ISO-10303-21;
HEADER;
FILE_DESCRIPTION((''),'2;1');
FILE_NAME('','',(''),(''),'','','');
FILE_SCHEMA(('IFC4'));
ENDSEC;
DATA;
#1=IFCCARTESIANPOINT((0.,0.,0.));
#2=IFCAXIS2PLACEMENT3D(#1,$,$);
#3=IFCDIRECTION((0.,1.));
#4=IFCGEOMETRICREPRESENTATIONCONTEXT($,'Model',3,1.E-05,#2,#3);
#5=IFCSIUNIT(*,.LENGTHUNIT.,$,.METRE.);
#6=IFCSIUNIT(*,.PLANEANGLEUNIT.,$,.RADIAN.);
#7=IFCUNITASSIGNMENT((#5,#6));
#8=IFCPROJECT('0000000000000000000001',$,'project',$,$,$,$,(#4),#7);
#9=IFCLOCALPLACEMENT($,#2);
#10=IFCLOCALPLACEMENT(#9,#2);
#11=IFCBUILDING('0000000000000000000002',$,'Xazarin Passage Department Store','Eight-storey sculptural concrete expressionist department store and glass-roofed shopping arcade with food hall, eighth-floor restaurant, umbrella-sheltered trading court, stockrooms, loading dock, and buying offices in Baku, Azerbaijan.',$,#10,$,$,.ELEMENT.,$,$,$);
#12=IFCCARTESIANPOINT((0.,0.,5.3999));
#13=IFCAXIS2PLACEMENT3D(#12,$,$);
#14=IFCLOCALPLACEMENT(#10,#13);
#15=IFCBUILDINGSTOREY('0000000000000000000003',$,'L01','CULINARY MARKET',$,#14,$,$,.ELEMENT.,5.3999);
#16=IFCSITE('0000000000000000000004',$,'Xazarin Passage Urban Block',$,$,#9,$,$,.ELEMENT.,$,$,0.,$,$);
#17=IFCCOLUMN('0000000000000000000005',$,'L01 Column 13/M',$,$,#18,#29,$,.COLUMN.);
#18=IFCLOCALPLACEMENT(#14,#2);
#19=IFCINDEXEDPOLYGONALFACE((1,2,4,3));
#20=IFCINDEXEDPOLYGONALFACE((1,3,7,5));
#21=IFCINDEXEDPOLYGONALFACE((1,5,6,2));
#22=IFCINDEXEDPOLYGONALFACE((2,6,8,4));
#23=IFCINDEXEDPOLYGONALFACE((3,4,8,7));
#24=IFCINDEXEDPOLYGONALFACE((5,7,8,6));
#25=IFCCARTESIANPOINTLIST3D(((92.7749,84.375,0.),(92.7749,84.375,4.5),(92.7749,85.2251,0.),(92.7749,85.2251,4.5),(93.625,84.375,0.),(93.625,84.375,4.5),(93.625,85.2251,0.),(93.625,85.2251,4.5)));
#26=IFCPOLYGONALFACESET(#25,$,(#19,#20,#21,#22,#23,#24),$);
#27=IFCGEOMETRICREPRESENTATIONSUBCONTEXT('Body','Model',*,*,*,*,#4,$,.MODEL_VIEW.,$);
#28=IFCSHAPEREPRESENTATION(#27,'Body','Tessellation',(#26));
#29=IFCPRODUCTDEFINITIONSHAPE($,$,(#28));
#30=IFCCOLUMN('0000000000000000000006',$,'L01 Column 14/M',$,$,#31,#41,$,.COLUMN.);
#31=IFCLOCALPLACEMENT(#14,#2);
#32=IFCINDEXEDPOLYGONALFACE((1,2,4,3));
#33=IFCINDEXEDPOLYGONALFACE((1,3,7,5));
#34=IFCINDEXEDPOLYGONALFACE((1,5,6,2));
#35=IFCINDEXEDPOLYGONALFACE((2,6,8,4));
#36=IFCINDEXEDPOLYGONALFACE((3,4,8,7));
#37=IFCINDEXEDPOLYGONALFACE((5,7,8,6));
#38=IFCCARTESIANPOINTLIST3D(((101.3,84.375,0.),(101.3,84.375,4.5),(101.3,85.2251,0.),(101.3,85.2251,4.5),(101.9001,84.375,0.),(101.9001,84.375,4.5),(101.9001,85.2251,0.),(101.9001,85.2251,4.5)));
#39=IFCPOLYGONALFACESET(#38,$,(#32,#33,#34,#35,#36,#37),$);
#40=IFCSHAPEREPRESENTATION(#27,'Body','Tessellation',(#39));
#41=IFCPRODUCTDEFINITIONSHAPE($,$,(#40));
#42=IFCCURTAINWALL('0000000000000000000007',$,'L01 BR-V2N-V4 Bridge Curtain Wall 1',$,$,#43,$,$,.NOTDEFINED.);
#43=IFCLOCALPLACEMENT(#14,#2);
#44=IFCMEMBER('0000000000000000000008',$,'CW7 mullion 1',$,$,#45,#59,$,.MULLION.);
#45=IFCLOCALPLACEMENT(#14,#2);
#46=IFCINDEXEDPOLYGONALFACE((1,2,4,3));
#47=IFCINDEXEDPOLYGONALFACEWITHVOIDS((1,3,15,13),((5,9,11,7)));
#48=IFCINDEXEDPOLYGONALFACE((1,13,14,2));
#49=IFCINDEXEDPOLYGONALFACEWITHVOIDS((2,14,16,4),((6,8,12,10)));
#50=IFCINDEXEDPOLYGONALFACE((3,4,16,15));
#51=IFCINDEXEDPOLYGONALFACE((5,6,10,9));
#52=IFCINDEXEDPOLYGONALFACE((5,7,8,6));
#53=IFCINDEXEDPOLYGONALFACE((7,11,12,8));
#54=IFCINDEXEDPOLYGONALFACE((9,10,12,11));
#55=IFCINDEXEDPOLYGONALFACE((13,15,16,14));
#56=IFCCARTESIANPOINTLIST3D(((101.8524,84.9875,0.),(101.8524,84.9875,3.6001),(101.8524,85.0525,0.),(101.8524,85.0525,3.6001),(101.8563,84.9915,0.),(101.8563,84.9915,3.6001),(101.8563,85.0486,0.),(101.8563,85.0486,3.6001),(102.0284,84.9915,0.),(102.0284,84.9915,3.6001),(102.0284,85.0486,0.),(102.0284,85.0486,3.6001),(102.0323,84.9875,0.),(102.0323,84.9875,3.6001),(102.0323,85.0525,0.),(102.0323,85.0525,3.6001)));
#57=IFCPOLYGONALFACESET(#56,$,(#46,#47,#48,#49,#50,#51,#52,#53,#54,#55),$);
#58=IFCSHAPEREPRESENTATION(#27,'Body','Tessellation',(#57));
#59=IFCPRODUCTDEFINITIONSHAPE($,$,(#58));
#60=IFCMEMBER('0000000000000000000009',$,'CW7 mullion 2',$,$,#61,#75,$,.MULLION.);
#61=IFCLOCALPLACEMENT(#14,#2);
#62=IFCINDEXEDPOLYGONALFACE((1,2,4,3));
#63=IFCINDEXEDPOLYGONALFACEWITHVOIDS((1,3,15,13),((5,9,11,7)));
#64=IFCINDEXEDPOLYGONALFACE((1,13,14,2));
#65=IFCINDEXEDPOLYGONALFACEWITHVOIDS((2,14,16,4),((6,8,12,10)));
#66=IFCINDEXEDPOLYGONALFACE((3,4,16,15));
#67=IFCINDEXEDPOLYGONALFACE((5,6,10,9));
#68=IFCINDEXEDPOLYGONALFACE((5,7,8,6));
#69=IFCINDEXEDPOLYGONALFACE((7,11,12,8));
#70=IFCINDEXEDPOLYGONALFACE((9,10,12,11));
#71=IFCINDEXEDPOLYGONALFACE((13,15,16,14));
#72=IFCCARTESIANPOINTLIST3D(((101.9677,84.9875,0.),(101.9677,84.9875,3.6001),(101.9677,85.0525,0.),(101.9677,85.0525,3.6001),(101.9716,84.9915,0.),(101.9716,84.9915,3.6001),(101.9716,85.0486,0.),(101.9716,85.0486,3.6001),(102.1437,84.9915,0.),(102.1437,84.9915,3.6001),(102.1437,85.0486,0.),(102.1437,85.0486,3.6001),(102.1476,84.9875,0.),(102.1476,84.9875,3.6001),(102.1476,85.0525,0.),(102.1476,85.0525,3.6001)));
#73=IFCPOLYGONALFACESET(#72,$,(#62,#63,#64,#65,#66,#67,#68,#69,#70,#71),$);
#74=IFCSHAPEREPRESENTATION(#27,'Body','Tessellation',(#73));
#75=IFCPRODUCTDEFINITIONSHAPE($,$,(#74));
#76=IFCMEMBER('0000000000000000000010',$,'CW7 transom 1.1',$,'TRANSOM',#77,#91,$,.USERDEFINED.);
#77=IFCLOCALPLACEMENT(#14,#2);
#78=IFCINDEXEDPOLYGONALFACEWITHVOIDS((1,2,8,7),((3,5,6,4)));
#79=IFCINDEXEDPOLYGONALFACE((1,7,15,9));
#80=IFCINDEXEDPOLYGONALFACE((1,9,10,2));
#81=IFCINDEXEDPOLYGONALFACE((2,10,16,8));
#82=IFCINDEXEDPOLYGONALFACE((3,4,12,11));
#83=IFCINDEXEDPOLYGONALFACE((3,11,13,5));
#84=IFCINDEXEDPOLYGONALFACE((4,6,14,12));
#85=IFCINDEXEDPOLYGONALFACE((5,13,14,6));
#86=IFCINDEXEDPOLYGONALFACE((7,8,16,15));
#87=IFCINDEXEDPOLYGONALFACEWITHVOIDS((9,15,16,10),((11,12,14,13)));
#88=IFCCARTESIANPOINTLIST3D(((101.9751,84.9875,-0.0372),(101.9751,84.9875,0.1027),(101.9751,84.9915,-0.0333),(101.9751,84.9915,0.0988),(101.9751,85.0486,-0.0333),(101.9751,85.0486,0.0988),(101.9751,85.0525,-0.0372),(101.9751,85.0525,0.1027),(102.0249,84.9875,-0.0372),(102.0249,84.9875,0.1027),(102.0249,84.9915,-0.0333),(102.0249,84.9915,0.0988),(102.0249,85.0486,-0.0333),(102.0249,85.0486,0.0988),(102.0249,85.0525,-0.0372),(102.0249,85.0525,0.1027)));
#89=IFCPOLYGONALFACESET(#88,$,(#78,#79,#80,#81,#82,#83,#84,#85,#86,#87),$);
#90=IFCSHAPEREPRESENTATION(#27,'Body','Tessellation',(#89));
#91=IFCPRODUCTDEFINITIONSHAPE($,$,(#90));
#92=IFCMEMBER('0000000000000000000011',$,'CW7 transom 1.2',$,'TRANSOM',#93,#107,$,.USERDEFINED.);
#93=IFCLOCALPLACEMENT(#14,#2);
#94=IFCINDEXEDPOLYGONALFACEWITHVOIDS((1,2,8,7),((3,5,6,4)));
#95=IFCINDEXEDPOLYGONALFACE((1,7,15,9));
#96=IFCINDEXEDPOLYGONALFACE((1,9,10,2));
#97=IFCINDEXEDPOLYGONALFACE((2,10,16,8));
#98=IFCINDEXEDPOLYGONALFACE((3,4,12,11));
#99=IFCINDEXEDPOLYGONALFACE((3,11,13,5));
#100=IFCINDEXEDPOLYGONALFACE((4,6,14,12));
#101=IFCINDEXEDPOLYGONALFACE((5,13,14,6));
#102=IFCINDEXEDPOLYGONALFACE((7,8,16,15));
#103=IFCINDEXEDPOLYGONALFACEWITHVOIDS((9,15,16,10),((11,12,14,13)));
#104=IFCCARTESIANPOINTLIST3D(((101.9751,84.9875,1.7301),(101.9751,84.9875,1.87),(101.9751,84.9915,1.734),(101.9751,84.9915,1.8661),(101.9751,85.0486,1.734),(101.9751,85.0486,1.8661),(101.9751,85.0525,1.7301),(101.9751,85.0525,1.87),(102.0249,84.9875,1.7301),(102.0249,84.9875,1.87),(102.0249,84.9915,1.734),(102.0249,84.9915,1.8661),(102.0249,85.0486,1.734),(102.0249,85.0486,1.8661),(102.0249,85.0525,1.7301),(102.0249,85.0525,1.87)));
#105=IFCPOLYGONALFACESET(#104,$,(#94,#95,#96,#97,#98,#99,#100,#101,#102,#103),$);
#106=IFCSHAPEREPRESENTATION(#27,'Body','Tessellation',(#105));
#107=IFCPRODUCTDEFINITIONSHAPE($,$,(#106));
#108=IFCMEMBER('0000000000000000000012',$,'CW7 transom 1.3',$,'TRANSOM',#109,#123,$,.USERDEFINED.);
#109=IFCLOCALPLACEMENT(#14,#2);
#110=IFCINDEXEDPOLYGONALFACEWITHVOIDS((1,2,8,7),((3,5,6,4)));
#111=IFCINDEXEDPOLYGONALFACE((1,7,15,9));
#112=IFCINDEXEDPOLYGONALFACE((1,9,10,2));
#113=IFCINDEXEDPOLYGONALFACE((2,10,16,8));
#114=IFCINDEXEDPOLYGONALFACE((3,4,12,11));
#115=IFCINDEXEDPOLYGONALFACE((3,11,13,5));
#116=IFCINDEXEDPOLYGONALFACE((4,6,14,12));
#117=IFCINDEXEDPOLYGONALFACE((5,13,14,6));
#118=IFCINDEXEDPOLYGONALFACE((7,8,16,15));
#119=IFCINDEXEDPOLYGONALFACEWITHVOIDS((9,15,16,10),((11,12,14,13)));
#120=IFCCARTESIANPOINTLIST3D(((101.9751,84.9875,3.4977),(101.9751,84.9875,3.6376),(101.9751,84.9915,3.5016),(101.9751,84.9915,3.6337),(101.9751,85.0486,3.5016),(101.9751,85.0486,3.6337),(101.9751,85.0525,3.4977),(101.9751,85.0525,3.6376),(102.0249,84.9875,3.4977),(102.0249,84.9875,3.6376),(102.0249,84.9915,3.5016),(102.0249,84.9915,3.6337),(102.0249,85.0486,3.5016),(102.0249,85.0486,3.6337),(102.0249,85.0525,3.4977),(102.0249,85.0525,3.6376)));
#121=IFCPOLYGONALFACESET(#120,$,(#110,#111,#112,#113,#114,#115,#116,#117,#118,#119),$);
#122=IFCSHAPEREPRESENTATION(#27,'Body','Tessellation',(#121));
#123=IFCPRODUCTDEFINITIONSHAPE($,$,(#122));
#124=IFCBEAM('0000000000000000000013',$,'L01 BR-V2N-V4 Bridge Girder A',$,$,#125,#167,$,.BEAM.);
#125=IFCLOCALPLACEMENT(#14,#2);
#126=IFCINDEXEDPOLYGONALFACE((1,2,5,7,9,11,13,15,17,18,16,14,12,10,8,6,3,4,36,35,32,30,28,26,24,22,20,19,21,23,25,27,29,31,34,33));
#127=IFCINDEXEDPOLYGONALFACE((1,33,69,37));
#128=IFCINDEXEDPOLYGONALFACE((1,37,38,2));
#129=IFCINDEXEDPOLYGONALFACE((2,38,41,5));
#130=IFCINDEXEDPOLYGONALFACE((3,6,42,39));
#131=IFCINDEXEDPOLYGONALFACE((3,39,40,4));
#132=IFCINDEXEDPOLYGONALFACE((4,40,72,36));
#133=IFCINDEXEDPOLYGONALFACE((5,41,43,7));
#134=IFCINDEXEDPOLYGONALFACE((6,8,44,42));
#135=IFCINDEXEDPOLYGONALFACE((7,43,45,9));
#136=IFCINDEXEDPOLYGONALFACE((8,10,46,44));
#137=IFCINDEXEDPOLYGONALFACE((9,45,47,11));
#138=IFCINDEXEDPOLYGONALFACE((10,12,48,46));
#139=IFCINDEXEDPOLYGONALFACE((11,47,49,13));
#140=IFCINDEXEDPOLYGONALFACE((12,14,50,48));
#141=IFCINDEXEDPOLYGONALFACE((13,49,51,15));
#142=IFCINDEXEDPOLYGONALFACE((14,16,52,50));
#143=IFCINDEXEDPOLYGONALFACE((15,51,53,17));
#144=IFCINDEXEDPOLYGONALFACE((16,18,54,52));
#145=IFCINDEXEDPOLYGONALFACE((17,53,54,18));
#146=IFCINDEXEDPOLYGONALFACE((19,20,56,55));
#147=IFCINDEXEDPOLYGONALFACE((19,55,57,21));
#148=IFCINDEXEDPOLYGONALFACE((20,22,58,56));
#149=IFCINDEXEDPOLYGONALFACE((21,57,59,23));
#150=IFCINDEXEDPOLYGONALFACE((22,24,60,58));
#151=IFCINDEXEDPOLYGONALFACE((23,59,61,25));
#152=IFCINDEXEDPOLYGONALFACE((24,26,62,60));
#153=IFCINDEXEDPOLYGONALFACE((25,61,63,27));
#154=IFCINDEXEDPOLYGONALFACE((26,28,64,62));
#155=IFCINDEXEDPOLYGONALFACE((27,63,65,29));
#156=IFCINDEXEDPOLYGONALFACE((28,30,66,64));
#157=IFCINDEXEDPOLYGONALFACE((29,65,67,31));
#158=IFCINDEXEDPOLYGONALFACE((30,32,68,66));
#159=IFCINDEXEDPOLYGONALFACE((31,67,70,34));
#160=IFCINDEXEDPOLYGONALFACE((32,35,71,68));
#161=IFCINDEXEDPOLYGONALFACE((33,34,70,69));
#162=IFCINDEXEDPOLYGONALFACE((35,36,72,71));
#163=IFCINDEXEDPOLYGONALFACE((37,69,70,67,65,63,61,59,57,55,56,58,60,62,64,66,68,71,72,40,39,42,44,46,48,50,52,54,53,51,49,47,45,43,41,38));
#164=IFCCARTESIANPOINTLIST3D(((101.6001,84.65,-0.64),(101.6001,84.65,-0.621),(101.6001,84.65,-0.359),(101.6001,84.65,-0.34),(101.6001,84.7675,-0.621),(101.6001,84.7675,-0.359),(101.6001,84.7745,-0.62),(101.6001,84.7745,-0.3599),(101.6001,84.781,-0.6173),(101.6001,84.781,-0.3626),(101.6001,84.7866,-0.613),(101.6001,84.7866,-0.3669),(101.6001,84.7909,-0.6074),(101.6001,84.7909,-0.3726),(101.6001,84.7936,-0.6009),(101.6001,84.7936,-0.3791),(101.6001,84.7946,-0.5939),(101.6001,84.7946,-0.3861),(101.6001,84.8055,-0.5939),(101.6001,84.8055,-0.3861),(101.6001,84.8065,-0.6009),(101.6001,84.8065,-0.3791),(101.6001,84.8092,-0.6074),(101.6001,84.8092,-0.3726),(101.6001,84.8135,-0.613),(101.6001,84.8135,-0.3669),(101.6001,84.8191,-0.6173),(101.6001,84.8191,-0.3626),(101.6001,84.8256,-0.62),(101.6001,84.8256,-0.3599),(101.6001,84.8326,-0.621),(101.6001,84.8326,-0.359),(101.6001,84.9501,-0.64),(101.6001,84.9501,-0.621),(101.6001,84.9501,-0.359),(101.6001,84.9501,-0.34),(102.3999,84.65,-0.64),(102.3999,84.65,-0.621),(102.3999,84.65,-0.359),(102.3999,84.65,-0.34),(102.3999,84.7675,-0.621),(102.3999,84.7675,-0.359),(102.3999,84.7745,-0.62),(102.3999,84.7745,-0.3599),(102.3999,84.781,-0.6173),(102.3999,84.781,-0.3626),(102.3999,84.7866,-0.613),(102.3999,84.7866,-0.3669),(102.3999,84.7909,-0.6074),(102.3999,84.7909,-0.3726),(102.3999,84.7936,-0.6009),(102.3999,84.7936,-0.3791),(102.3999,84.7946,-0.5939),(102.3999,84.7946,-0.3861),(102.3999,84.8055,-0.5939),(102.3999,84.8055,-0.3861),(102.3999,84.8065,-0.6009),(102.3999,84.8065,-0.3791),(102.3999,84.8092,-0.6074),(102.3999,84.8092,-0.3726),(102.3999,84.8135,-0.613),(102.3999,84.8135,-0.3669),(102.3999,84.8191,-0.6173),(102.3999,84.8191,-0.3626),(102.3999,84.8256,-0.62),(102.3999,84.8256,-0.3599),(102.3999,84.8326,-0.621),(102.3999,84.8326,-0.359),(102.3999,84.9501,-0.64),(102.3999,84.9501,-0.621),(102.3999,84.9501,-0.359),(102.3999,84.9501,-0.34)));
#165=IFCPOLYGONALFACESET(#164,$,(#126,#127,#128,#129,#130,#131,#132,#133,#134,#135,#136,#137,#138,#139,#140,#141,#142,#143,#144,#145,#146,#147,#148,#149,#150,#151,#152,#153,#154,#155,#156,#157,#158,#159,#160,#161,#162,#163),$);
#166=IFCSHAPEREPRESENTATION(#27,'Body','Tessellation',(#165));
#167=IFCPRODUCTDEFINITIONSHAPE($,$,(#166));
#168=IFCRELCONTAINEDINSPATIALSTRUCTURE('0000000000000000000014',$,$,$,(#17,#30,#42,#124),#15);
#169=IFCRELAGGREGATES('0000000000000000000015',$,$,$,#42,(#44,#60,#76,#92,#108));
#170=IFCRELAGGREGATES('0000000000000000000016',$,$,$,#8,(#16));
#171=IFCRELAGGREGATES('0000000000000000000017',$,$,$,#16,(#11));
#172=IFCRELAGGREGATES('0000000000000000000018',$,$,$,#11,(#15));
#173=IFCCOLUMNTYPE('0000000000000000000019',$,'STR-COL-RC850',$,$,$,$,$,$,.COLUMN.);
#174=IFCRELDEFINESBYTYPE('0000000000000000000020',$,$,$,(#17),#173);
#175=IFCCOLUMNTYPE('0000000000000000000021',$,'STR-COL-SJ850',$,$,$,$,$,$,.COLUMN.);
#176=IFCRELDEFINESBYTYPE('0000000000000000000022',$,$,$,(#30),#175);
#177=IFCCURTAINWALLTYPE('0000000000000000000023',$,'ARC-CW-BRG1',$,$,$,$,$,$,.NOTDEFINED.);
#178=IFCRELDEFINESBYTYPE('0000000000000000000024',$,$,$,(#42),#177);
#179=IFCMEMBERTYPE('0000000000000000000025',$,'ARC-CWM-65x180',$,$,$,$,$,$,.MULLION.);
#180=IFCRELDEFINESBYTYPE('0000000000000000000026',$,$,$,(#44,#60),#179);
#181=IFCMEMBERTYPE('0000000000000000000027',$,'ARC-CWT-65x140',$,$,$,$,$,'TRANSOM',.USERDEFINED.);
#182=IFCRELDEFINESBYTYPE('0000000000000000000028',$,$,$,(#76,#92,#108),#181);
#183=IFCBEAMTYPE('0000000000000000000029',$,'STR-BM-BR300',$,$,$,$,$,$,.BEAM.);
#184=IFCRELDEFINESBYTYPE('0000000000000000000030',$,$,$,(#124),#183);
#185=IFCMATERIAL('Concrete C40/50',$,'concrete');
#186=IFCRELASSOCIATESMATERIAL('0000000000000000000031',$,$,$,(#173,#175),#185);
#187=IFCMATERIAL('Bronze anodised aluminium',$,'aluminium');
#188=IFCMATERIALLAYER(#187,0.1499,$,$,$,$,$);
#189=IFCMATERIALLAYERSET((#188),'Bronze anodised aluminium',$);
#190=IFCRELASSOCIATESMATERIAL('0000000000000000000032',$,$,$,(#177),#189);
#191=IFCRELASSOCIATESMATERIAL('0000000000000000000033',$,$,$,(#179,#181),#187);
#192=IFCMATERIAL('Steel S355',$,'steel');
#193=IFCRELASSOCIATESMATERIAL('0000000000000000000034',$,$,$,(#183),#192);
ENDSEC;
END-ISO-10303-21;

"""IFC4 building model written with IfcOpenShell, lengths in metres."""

from ifc_helpers import new_model, si_unit, direction, frame, origin, origin_2d, place, context, subcontext, project, spatial, rectangle, hollow_rectangle, i_section, extrude, material, layer, layer_set, material_profile, profile_set, type_object, element, aggregate, save


model = new_model("IFC4")

# Units and contexts
model_context = context("Model", 3, precision=1e-05, world=origin(), true_north=direction((0.0, 1.0)))
body_context = subcontext(model_context, "Body", "Model", "MODEL_VIEW")
ifc_project = project(units=[si_unit("LENGTHUNIT", "METRE"), si_unit("PLANEANGLEUNIT", "RADIAN")], contexts=[model_context])

# Site, building, storey
site_placement = place(None, origin())
site = spatial("IfcSite", under=ifc_project, at=site_placement, Name="Xazarin Passage Urban Block", CompositionType="ELEMENT", RefElevation=0.0)
building_placement = place(site_placement, origin())
building = spatial("IfcBuilding", under=site, at=building_placement, Name="Xazarin Passage Department Store", Description="Eight-storey sculptural concrete expressionist department store and glass-roofed shopping arcade with food hall, eighth-floor restaurant, umbrella-sheltered trading court, stockrooms, loading dock, and buying offices in Baku, Azerbaijan.", CompositionType="ELEMENT")
storey_placement = place(building_placement, frame((0.0, 0.0, 5.3999)))
storey = spatial("IfcBuildingStorey", under=building, at=storey_placement, Name="L01", Description="CULINARY MARKET", CompositionType="ELEMENT", Elevation=5.3999)

# Columns
ifc_material_1 = material(Name="Concrete C40/50", Category="concrete")
ifc_material_profile_1 = material_profile(ifc_material_1, rectangle(XDim=0.8501, YDim=0.8501, at=origin_2d()), Name="RC 850x850")
ifc_profile_set_1 = profile_set([ifc_material_profile_1], Name="Concrete C40/50")
column_type_1 = type_object("IfcColumnType", Name="STR-COL-RC850", PredefinedType="COLUMN", material=ifc_profile_set_1)
column_1_placement = place(storey_placement, frame((93.2, 84.8, 0.0), z_axis=(0.0, 0.0, 1.0), x_axis=(1.0, 0.0, 0.0)))
element("IfcColumn", 1, at=column_1_placement, inside=storey, type_object=column_type_1, Name="L01 Column 13/M", PredefinedType="COLUMN", context=body_context, shape_type="SweptSolid", body=[
    extrude(rectangle(XDim=0.8501, YDim=0.8501, at=origin_2d()), origin(), (0.0, 0.0, 1.0), 4.5),
])
ifc_material_profile_2 = material_profile(ifc_material_1, rectangle(XDim=0.6001, YDim=0.8501, at=origin_2d()), Name="RC 600x850")
ifc_profile_set_2 = profile_set([ifc_material_profile_2], Name="Concrete C40/50")
column_type_2 = type_object("IfcColumnType", Name="STR-COL-SJ850", PredefinedType="COLUMN", material=ifc_profile_set_2)
column_2_placement = place(storey_placement, frame((101.6001, 84.8, 0.0), z_axis=(0.0, 0.0, 1.0), x_axis=(1.0, 0.0, 0.0)))
element("IfcColumn", 2, at=column_2_placement, inside=storey, type_object=column_type_2, Name="L01 Column 14/M", PredefinedType="COLUMN", context=body_context, shape_type="SweptSolid", body=[
    extrude(rectangle(XDim=0.6001, YDim=0.8501, at=origin_2d()), origin(), (0.0, 0.0, 1.0), 4.5),
])

# Curtain wall, members
ifc_material_2 = material(Name="Bronze anodised aluminium", Category="aluminium")
ifc_layer_1 = layer(ifc_material_2, 0.1499)
ifc_layer_set_1 = layer_set([ifc_layer_1], Name="Bronze anodised aluminium")
curtain_wall_type = type_object("IfcCurtainWallType", Name="ARC-CW-BRG1", PredefinedType="NOTDEFINED", material=ifc_layer_set_1)
curtain_wall_placement = place(storey_placement, origin())
curtain_wall = element("IfcCurtainWall", 3, at=curtain_wall_placement, inside=storey, type_object=curtain_wall_type, Name="L01 BR-V2N-V4 Bridge Curtain Wall 1", PredefinedType="NOTDEFINED")
ifc_material_profile_3 = material_profile(ifc_material_2, hollow_rectangle(XDim=0.0649, YDim=0.1799, WallThickness=0.0039, at=origin_2d()), Name="ALU 65x180")
ifc_profile_set_3 = profile_set([ifc_material_profile_3], Name="Bronze anodised aluminium")
member_type_1 = type_object("IfcMemberType", Name="ARC-CWM-65x180", PredefinedType="MULLION", material=ifc_profile_set_3)
member_1_placement = place(storey_placement, frame((101.9424, 85.02, 0.0), z_axis=(0.0, 0.0, 1.0), x_axis=(0.0, 1.0, 0.0)))
member_1 = element("IfcMember", 4, at=member_1_placement, type_object=member_type_1, Name="CW7 mullion 1", PredefinedType="MULLION", context=body_context, shape_type="SweptSolid", body=[
    extrude(hollow_rectangle(XDim=0.0649, YDim=0.1799, WallThickness=0.0039, at=origin_2d()), origin(), (0.0, 0.0, 1.0), 3.6001),
])
member_2_placement = place(storey_placement, frame((102.0576, 85.02, 0.0), z_axis=(0.0, 0.0, 1.0), x_axis=(0.0, 1.0, 0.0)))
member_2 = element("IfcMember", 5, at=member_2_placement, type_object=member_type_1, Name="CW7 mullion 2", PredefinedType="MULLION", context=body_context, shape_type="SweptSolid", body=[
    extrude(hollow_rectangle(XDim=0.0649, YDim=0.1799, WallThickness=0.0039, at=origin_2d()), origin(), (0.0, 0.0, 1.0), 3.6001),
])
ifc_material_profile_4 = material_profile(ifc_material_2, hollow_rectangle(XDim=0.0649, YDim=0.1399, WallThickness=0.0039, at=origin_2d()), Name="ALU 65x140")
ifc_profile_set_4 = profile_set([ifc_material_profile_4], Name="Bronze anodised aluminium")
member_type_2 = type_object("IfcMemberType", Name="ARC-CWT-65x140", ElementType="TRANSOM", PredefinedType="USERDEFINED", material=ifc_profile_set_4)
member_3_placement = place(storey_placement, frame((101.9751, 85.02, 0.0327), z_axis=(1.0, 0.0, 0.0), x_axis=(0.0, 1.0, 0.0)))
member_3 = element("IfcMember", 6, at=member_3_placement, type_object=member_type_2, Name="CW7 transom 1.1", ObjectType="TRANSOM", PredefinedType="USERDEFINED", context=body_context, shape_type="SweptSolid", body=[
    extrude(hollow_rectangle(XDim=0.0649, YDim=0.1399, WallThickness=0.0039, at=origin_2d()), origin(), (0.0, 0.0, 1.0), 0.0498),
])
member_4_placement = place(storey_placement, frame((101.9751, 85.02, 1.8), z_axis=(1.0, 0.0, 0.0), x_axis=(0.0, 1.0, 0.0)))
member_4 = element("IfcMember", 7, at=member_4_placement, type_object=member_type_2, Name="CW7 transom 1.2", ObjectType="TRANSOM", PredefinedType="USERDEFINED", context=body_context, shape_type="SweptSolid", body=[
    extrude(hollow_rectangle(XDim=0.0649, YDim=0.1399, WallThickness=0.0039, at=origin_2d()), origin(), (0.0, 0.0, 1.0), 0.0498),
])
member_5_placement = place(storey_placement, frame((101.9751, 85.02, 3.5676), z_axis=(1.0, 0.0, 0.0), x_axis=(0.0, 1.0, 0.0)))
member_5 = element("IfcMember", 8, at=member_5_placement, type_object=member_type_2, Name="CW7 transom 1.3", ObjectType="TRANSOM", PredefinedType="USERDEFINED", context=body_context, shape_type="SweptSolid", body=[
    extrude(hollow_rectangle(XDim=0.0649, YDim=0.1399, WallThickness=0.0039, at=origin_2d()), origin(), (0.0, 0.0, 1.0), 0.0498),
])

# Beam
ifc_material_3 = material(Name="Steel S355", Category="steel")
ifc_material_profile_5 = material_profile(ifc_material_3, i_section(OverallWidth=0.3, OverallDepth=0.3, WebThickness=0.011, FlangeThickness=0.019, FilletRadius=0.0271, at=origin_2d()), Name="HEB 300")
ifc_profile_set_5 = profile_set([ifc_material_profile_5], Name="Steel S355")
beam_type_1 = type_object("IfcBeamType", Name="STR-BM-BR300", PredefinedType="BEAM", material=ifc_profile_set_5)
beam_1_placement = place(storey_placement, frame((101.6001, 84.8, -0.49), z_axis=(1.0, 0.0, 0.0), x_axis=(0.0, 1.0, 0.0)))
element("IfcBeam", 9, at=beam_1_placement, inside=storey, type_object=beam_type_1, Name="L01 BR-V2N-V4 Bridge Girder A", PredefinedType="BEAM", context=body_context, shape_type="SweptSolid", body=[
    extrude(i_section(OverallWidth=0.3, OverallDepth=0.3, WebThickness=0.011, FlangeThickness=0.019, FilletRadius=0.0271, at=origin_2d()), origin(), (0.0, 0.0, 1.0), 0.7998),
])

aggregate(curtain_wall, [member_1, member_2, member_3, member_4, member_5])

save(model, "model.ifc")
